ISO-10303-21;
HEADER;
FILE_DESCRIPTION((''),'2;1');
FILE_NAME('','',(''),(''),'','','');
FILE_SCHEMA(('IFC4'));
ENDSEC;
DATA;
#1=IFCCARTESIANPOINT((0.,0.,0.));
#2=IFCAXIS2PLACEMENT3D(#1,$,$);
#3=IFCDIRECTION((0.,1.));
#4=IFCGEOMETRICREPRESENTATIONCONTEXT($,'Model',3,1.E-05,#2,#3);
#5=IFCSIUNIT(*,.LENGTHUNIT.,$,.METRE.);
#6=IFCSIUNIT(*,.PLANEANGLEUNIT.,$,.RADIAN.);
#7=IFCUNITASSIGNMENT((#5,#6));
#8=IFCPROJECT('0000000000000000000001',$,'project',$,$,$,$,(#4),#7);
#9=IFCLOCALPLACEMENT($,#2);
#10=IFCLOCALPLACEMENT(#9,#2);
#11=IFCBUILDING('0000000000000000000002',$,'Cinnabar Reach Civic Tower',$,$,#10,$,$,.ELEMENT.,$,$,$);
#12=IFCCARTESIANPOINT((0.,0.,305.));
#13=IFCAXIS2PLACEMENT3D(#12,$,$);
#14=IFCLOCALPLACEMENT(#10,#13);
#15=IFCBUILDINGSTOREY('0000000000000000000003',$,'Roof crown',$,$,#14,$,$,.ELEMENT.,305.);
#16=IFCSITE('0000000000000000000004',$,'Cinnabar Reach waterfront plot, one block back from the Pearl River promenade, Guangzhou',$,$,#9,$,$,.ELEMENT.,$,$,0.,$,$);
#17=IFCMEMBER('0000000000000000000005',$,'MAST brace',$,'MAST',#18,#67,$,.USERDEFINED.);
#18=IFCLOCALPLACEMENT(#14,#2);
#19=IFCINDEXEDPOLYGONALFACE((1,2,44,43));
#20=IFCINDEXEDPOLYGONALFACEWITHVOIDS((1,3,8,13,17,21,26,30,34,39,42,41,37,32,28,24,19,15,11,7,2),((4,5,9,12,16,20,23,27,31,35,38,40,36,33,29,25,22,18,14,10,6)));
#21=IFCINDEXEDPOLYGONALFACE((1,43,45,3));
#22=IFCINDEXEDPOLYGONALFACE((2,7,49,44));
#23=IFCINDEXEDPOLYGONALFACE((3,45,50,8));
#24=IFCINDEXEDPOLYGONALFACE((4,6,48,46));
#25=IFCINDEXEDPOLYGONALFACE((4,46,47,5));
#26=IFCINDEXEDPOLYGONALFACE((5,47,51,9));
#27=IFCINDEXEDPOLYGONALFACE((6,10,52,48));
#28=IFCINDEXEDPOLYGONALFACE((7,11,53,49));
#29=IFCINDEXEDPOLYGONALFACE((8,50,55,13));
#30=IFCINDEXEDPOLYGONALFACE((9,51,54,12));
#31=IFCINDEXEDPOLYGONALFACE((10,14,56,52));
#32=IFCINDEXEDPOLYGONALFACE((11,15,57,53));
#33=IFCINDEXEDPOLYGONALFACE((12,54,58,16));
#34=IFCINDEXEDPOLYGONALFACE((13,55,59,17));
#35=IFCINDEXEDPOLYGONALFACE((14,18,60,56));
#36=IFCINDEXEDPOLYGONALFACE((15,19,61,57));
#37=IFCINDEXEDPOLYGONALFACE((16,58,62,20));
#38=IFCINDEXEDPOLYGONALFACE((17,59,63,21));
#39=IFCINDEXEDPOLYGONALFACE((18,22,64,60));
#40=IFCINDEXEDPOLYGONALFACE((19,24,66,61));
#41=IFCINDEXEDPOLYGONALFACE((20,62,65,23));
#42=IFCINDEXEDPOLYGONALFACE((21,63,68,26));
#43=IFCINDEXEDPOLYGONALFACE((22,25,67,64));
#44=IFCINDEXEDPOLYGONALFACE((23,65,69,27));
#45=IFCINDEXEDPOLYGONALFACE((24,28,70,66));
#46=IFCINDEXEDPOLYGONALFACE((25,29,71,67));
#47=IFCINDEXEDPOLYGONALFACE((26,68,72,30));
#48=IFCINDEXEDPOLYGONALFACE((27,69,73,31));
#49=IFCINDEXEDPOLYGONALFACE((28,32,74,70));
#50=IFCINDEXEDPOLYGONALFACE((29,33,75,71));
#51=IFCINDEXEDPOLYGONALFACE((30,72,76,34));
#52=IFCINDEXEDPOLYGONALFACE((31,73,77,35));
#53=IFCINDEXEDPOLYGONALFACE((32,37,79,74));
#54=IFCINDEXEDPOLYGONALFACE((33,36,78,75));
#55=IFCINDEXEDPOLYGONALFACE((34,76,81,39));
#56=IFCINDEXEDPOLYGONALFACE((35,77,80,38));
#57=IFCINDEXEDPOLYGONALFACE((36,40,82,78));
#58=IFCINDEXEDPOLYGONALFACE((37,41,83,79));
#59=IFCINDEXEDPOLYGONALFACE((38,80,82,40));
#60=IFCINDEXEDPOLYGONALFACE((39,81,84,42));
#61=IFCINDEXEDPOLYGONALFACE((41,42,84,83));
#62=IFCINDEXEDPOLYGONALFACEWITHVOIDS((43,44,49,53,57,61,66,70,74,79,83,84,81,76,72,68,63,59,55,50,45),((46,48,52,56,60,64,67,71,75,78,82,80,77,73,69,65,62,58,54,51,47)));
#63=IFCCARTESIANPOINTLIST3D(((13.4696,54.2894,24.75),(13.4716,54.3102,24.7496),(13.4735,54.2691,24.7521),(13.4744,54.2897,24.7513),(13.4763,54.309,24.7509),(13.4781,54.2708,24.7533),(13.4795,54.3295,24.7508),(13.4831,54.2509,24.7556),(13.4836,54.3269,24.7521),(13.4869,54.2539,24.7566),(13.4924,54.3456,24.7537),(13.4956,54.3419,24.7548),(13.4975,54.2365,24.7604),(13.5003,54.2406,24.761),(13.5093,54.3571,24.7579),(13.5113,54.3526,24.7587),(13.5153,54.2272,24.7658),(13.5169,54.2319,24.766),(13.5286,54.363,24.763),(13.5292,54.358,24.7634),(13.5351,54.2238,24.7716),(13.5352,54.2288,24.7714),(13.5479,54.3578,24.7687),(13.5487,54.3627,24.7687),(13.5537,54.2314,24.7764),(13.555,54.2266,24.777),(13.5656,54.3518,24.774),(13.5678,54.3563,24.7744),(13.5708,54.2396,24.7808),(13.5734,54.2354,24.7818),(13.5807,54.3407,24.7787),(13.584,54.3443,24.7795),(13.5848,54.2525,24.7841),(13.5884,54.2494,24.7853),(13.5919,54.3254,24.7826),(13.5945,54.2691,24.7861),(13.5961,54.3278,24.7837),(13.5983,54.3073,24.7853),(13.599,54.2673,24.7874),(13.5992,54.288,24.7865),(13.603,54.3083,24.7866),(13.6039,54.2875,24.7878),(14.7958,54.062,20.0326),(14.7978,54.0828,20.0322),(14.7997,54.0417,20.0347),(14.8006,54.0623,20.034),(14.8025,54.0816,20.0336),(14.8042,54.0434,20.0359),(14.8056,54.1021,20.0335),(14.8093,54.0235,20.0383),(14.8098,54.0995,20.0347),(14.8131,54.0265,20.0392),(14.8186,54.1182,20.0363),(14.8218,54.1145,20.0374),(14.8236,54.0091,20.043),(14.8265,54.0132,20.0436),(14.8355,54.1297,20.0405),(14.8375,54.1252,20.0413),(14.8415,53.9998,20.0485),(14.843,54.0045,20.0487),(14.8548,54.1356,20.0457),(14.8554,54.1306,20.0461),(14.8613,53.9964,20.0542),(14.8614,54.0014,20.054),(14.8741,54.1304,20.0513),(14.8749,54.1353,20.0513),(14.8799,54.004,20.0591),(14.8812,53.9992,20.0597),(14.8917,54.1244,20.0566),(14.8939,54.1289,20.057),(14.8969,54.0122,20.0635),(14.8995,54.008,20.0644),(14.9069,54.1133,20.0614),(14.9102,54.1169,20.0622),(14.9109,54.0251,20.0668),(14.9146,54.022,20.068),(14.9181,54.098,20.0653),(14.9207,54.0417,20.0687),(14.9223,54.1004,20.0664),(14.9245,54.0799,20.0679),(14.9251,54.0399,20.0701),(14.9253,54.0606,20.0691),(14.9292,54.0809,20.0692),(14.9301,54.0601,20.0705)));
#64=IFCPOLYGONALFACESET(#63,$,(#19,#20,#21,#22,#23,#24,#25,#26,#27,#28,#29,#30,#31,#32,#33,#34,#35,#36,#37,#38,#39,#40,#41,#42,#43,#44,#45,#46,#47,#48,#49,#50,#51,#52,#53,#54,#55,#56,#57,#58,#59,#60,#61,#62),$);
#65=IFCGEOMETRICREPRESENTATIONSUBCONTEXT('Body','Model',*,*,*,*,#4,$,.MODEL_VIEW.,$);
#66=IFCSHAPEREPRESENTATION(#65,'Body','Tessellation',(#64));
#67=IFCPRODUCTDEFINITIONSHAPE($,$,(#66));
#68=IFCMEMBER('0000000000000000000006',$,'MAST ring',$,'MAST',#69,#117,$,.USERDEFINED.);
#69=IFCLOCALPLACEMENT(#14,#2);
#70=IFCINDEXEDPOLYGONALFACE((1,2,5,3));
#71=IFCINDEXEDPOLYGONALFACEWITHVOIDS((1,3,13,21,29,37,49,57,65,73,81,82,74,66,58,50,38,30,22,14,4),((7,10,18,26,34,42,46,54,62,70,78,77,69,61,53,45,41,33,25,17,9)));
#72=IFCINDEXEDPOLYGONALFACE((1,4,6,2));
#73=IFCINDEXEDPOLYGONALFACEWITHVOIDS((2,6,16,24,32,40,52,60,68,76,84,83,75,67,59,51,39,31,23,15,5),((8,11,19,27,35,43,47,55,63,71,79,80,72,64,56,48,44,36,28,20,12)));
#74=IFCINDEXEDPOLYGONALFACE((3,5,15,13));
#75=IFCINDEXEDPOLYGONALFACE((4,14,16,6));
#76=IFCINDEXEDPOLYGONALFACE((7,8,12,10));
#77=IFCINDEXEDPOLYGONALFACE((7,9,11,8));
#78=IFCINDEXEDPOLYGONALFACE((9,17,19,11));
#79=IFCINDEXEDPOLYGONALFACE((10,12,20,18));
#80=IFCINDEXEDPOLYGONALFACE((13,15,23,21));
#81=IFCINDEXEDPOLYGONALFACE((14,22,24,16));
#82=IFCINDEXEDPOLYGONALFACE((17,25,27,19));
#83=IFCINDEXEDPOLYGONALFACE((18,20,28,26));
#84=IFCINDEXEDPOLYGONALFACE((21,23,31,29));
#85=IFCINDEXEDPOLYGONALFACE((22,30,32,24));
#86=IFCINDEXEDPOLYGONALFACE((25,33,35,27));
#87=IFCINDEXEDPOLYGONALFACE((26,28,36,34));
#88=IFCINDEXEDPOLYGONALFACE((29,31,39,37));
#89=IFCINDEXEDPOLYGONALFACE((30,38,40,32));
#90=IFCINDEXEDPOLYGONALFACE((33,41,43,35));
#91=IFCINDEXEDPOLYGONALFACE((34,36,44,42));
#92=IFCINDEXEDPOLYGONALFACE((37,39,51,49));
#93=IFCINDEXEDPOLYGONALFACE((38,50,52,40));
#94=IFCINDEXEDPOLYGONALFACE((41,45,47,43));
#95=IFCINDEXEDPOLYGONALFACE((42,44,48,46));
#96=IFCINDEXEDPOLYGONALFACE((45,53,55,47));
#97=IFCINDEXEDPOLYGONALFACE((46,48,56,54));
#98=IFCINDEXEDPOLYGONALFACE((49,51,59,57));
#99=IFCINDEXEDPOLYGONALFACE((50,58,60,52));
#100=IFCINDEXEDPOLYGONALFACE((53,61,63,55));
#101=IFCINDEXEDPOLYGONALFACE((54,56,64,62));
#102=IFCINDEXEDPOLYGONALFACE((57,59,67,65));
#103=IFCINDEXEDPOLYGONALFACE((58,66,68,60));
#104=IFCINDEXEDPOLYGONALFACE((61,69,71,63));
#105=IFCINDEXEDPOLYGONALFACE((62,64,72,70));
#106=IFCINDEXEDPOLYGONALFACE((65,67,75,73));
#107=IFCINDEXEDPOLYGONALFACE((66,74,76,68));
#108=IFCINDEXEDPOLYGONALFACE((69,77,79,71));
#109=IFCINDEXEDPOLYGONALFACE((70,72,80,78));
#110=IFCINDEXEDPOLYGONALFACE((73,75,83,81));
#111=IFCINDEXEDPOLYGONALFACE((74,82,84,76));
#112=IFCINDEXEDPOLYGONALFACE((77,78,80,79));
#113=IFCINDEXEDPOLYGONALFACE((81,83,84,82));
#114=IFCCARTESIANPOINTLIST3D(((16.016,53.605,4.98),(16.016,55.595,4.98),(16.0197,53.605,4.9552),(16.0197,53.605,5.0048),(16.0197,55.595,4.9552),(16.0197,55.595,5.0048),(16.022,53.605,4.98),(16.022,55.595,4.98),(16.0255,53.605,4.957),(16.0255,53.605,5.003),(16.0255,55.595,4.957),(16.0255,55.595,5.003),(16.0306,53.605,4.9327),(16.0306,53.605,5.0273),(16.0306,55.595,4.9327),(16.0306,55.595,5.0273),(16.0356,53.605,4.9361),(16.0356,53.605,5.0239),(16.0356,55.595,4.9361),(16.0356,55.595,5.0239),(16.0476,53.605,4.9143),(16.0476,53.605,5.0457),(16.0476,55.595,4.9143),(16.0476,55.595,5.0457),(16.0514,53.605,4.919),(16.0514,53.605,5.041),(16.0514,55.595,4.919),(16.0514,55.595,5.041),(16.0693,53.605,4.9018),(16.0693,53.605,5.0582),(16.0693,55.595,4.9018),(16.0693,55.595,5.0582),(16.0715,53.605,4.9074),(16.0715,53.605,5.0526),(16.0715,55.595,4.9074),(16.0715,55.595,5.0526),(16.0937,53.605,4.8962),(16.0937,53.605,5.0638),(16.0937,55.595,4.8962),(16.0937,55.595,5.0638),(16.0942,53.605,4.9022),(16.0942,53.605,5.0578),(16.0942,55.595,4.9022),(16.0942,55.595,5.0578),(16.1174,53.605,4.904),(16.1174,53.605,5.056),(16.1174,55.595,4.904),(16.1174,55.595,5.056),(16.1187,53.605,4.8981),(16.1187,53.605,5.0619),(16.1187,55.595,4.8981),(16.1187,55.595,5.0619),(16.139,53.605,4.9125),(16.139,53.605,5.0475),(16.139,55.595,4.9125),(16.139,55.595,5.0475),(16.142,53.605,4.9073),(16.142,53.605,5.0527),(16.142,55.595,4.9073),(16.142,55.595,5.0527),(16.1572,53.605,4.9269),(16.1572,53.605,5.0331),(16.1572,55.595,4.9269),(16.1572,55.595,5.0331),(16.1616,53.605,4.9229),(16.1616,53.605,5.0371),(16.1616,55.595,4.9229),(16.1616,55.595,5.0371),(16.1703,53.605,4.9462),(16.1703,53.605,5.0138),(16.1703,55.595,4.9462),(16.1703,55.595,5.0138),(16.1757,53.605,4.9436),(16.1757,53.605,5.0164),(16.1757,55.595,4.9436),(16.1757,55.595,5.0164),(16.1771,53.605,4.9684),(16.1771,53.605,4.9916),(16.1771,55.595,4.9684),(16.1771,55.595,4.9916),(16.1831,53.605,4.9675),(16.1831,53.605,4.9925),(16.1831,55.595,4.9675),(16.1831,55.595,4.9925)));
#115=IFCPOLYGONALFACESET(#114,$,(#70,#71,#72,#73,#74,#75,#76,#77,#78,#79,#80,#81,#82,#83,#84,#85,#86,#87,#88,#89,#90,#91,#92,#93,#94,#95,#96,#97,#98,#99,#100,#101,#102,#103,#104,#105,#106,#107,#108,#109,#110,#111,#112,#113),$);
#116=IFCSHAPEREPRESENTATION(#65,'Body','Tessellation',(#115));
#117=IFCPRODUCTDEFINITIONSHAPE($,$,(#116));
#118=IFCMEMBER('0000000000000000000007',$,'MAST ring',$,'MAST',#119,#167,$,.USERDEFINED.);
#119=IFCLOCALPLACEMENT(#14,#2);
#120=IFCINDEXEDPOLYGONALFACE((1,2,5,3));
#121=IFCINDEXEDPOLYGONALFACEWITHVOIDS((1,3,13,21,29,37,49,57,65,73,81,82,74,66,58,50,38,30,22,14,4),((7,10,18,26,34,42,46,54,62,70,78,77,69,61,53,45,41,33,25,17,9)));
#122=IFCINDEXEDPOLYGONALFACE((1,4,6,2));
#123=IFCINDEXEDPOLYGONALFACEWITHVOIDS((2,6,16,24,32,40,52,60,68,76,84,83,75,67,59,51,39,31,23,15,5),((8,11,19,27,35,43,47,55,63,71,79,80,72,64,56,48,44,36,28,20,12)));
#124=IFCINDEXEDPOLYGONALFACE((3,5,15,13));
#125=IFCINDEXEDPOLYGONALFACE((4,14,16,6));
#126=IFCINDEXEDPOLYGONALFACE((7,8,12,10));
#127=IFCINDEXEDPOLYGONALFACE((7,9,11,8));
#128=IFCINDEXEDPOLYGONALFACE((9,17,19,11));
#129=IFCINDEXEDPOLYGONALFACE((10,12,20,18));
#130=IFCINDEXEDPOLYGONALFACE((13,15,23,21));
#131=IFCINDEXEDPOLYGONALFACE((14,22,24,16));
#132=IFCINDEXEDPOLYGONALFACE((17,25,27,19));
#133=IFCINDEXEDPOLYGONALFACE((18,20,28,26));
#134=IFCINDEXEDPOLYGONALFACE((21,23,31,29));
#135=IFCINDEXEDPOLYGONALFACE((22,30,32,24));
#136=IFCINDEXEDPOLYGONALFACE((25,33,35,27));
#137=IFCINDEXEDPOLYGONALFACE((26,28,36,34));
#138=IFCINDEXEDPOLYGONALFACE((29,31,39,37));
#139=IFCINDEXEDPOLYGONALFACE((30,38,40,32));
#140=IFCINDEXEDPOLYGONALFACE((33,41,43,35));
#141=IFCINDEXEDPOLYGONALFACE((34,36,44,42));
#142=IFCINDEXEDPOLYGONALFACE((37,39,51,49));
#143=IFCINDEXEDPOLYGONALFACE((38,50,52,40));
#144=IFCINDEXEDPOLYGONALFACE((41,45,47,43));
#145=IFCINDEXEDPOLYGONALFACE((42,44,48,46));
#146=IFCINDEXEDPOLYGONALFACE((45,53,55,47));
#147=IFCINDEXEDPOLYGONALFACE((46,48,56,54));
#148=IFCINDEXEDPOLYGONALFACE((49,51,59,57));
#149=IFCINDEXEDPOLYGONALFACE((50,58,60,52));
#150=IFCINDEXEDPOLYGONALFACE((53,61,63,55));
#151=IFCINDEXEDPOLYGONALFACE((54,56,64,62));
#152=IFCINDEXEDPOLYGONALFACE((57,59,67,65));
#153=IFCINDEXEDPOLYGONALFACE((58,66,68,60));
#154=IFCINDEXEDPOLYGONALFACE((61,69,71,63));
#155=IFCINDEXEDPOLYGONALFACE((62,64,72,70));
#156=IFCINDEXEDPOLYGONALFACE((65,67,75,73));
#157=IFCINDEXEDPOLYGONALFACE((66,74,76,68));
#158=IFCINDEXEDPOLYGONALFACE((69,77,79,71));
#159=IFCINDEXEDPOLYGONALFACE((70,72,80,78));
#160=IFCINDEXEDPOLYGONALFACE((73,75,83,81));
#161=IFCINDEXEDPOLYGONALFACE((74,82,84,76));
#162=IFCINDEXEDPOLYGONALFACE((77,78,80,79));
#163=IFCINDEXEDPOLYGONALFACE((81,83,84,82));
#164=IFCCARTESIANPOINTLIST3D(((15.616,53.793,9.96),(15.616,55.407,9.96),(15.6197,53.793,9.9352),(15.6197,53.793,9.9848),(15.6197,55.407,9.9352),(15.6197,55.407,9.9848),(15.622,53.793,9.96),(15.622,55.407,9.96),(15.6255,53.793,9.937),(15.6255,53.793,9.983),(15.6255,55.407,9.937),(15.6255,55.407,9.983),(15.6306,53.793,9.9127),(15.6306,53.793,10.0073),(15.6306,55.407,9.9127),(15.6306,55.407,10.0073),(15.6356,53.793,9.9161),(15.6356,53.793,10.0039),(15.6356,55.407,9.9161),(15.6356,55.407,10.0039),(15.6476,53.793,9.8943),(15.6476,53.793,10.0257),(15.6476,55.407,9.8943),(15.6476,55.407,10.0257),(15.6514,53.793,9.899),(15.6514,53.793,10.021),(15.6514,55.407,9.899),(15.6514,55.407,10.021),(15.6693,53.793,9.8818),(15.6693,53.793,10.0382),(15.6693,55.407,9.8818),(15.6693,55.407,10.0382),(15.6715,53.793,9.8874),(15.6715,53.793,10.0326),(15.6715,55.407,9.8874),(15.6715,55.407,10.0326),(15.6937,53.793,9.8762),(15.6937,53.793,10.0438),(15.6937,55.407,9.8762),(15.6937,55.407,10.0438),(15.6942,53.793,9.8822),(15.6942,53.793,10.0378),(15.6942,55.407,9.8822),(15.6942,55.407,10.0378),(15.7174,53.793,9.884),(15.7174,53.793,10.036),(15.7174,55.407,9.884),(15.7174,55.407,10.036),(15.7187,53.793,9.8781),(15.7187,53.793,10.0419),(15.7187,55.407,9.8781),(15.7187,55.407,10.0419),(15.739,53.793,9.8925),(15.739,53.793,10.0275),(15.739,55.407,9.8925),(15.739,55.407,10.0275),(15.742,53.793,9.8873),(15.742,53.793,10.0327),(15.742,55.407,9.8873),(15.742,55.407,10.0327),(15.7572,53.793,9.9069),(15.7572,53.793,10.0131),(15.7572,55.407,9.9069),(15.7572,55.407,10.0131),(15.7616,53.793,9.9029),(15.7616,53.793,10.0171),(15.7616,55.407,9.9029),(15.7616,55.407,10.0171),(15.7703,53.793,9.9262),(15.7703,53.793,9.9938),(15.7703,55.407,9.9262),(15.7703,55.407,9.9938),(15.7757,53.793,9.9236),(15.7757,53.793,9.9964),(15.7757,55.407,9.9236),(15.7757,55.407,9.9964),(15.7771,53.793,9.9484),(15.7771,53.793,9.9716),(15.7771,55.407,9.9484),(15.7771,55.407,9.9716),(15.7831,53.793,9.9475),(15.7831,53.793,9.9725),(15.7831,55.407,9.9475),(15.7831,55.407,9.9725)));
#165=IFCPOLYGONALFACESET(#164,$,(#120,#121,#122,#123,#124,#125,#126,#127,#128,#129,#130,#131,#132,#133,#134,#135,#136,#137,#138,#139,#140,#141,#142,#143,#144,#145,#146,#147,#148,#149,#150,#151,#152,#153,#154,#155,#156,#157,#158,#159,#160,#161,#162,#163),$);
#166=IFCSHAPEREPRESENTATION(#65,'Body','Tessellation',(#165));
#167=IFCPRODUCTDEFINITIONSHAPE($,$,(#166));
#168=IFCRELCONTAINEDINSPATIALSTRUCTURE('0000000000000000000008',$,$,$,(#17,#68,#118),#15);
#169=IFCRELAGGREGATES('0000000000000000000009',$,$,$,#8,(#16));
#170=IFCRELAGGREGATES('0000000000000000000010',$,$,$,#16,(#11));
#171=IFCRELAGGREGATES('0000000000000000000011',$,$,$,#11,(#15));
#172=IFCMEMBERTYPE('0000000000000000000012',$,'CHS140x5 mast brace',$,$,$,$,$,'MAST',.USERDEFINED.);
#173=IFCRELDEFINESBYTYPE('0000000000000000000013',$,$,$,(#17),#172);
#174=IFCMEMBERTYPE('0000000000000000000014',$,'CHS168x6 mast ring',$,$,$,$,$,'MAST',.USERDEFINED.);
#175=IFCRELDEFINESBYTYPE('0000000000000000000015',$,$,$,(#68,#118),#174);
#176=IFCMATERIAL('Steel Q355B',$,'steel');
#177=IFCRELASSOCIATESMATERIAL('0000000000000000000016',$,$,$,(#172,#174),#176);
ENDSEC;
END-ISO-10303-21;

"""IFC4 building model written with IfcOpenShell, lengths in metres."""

from ifc_helpers import new_model, si_unit, direction, frame, origin, origin_2d, place, context, subcontext, project, spatial, hollow_circle, extrude, material, material_profile, profile_set, type_object, element, save


model = new_model("IFC4")

# Units and contexts
model_context = context("Model", 3, precision=1e-05, world=origin(), true_north=direction((0.0, 1.0)))
body_context = subcontext(model_context, "Body", "Model", "MODEL_VIEW")
ifc_project = project(units=[si_unit("LENGTHUNIT", "METRE"), si_unit("PLANEANGLEUNIT", "RADIAN")], contexts=[model_context])

# Site, building, storey
site_placement = place(None, origin())
site = spatial("IfcSite", under=ifc_project, at=site_placement, Name="Cinnabar Reach waterfront plot, one block back from the Pearl River promenade, Guangzhou", CompositionType="ELEMENT", RefElevation=0.0)
building_placement = place(site_placement, origin())
building = spatial("IfcBuilding", under=site, at=building_placement, Name="Cinnabar Reach Civic Tower", CompositionType="ELEMENT")
storey_placement = place(building_placement, frame((0.0, 0.0, 305.0)))
storey = spatial("IfcBuildingStorey", under=building, at=storey_placement, Name="Roof crown", CompositionType="ELEMENT", Elevation=305.0)

# Members
ifc_material_1 = material(Name="Steel Q355B", Category="steel")
ifc_material_profile_1 = material_profile(ifc_material_1, hollow_circle(Radius=0.07, WallThickness=0.005, at=origin_2d()), Name="CHS140x5")
ifc_profile_set_1 = profile_set([ifc_material_profile_1], Name="Steel Q355B")
member_type_1 = type_object("IfcMemberType", Name="CHS140x5 mast brace", ElementType="MAST", PredefinedType="USERDEFINED", material=ifc_profile_set_1)
member_1_placement = place(storey_placement, frame((13.5369, 54.2937, 24.7687), z_axis=(0.270347, -0.046356, -0.961646), x_axis=(0.169001, 0.985616, 0.0)))
element("IfcMember", 1, at=member_1_placement, inside=storey, type_object=member_type_1, Name="MAST brace", ObjectType="MAST", PredefinedType="USERDEFINED", context=body_context, shape_type="SweptSolid", body=[
    extrude(hollow_circle(Radius=0.07, WallThickness=0.005, at=origin_2d()), origin(), (0.0, 0.0, 1.0), 4.9055),
])
ifc_material_profile_2 = material_profile(ifc_material_1, hollow_circle(Radius=0.084, WallThickness=0.006, at=origin_2d()), Name="CHS168x6")
ifc_profile_set_2 = profile_set([ifc_material_profile_2], Name="Steel Q355B")
member_type_2 = type_object("IfcMemberType", Name="CHS168x6 mast ring", ElementType="MAST", PredefinedType="USERDEFINED", material=ifc_profile_set_2)
member_2_placement = place(storey_placement, frame((16.1, 53.605, 4.98), z_axis=(0.0, 1.0, 0.0), x_axis=(-1.0, 0.0, 0.0)))
element("IfcMember", 2, at=member_2_placement, inside=storey, type_object=member_type_2, Name="MAST ring", ObjectType="MAST", PredefinedType="USERDEFINED", context=body_context, shape_type="SweptSolid", body=[
    extrude(hollow_circle(Radius=0.084, WallThickness=0.006, at=origin_2d()), origin(), (0.0, 0.0, 1.0), 1.99),
])
member_3_placement = place(storey_placement, frame((15.7, 53.793, 9.96), z_axis=(0.0, 1.0, 0.0), x_axis=(-1.0, 0.0, 0.0)))
element("IfcMember", 3, at=member_3_placement, inside=storey, type_object=member_type_2, Name="MAST ring", ObjectType="MAST", PredefinedType="USERDEFINED", context=body_context, shape_type="SweptSolid", body=[
    extrude(hollow_circle(Radius=0.084, WallThickness=0.006, at=origin_2d()), origin(), (0.0, 0.0, 1.0), 1.614),
])

save(model, "model.ifc")
